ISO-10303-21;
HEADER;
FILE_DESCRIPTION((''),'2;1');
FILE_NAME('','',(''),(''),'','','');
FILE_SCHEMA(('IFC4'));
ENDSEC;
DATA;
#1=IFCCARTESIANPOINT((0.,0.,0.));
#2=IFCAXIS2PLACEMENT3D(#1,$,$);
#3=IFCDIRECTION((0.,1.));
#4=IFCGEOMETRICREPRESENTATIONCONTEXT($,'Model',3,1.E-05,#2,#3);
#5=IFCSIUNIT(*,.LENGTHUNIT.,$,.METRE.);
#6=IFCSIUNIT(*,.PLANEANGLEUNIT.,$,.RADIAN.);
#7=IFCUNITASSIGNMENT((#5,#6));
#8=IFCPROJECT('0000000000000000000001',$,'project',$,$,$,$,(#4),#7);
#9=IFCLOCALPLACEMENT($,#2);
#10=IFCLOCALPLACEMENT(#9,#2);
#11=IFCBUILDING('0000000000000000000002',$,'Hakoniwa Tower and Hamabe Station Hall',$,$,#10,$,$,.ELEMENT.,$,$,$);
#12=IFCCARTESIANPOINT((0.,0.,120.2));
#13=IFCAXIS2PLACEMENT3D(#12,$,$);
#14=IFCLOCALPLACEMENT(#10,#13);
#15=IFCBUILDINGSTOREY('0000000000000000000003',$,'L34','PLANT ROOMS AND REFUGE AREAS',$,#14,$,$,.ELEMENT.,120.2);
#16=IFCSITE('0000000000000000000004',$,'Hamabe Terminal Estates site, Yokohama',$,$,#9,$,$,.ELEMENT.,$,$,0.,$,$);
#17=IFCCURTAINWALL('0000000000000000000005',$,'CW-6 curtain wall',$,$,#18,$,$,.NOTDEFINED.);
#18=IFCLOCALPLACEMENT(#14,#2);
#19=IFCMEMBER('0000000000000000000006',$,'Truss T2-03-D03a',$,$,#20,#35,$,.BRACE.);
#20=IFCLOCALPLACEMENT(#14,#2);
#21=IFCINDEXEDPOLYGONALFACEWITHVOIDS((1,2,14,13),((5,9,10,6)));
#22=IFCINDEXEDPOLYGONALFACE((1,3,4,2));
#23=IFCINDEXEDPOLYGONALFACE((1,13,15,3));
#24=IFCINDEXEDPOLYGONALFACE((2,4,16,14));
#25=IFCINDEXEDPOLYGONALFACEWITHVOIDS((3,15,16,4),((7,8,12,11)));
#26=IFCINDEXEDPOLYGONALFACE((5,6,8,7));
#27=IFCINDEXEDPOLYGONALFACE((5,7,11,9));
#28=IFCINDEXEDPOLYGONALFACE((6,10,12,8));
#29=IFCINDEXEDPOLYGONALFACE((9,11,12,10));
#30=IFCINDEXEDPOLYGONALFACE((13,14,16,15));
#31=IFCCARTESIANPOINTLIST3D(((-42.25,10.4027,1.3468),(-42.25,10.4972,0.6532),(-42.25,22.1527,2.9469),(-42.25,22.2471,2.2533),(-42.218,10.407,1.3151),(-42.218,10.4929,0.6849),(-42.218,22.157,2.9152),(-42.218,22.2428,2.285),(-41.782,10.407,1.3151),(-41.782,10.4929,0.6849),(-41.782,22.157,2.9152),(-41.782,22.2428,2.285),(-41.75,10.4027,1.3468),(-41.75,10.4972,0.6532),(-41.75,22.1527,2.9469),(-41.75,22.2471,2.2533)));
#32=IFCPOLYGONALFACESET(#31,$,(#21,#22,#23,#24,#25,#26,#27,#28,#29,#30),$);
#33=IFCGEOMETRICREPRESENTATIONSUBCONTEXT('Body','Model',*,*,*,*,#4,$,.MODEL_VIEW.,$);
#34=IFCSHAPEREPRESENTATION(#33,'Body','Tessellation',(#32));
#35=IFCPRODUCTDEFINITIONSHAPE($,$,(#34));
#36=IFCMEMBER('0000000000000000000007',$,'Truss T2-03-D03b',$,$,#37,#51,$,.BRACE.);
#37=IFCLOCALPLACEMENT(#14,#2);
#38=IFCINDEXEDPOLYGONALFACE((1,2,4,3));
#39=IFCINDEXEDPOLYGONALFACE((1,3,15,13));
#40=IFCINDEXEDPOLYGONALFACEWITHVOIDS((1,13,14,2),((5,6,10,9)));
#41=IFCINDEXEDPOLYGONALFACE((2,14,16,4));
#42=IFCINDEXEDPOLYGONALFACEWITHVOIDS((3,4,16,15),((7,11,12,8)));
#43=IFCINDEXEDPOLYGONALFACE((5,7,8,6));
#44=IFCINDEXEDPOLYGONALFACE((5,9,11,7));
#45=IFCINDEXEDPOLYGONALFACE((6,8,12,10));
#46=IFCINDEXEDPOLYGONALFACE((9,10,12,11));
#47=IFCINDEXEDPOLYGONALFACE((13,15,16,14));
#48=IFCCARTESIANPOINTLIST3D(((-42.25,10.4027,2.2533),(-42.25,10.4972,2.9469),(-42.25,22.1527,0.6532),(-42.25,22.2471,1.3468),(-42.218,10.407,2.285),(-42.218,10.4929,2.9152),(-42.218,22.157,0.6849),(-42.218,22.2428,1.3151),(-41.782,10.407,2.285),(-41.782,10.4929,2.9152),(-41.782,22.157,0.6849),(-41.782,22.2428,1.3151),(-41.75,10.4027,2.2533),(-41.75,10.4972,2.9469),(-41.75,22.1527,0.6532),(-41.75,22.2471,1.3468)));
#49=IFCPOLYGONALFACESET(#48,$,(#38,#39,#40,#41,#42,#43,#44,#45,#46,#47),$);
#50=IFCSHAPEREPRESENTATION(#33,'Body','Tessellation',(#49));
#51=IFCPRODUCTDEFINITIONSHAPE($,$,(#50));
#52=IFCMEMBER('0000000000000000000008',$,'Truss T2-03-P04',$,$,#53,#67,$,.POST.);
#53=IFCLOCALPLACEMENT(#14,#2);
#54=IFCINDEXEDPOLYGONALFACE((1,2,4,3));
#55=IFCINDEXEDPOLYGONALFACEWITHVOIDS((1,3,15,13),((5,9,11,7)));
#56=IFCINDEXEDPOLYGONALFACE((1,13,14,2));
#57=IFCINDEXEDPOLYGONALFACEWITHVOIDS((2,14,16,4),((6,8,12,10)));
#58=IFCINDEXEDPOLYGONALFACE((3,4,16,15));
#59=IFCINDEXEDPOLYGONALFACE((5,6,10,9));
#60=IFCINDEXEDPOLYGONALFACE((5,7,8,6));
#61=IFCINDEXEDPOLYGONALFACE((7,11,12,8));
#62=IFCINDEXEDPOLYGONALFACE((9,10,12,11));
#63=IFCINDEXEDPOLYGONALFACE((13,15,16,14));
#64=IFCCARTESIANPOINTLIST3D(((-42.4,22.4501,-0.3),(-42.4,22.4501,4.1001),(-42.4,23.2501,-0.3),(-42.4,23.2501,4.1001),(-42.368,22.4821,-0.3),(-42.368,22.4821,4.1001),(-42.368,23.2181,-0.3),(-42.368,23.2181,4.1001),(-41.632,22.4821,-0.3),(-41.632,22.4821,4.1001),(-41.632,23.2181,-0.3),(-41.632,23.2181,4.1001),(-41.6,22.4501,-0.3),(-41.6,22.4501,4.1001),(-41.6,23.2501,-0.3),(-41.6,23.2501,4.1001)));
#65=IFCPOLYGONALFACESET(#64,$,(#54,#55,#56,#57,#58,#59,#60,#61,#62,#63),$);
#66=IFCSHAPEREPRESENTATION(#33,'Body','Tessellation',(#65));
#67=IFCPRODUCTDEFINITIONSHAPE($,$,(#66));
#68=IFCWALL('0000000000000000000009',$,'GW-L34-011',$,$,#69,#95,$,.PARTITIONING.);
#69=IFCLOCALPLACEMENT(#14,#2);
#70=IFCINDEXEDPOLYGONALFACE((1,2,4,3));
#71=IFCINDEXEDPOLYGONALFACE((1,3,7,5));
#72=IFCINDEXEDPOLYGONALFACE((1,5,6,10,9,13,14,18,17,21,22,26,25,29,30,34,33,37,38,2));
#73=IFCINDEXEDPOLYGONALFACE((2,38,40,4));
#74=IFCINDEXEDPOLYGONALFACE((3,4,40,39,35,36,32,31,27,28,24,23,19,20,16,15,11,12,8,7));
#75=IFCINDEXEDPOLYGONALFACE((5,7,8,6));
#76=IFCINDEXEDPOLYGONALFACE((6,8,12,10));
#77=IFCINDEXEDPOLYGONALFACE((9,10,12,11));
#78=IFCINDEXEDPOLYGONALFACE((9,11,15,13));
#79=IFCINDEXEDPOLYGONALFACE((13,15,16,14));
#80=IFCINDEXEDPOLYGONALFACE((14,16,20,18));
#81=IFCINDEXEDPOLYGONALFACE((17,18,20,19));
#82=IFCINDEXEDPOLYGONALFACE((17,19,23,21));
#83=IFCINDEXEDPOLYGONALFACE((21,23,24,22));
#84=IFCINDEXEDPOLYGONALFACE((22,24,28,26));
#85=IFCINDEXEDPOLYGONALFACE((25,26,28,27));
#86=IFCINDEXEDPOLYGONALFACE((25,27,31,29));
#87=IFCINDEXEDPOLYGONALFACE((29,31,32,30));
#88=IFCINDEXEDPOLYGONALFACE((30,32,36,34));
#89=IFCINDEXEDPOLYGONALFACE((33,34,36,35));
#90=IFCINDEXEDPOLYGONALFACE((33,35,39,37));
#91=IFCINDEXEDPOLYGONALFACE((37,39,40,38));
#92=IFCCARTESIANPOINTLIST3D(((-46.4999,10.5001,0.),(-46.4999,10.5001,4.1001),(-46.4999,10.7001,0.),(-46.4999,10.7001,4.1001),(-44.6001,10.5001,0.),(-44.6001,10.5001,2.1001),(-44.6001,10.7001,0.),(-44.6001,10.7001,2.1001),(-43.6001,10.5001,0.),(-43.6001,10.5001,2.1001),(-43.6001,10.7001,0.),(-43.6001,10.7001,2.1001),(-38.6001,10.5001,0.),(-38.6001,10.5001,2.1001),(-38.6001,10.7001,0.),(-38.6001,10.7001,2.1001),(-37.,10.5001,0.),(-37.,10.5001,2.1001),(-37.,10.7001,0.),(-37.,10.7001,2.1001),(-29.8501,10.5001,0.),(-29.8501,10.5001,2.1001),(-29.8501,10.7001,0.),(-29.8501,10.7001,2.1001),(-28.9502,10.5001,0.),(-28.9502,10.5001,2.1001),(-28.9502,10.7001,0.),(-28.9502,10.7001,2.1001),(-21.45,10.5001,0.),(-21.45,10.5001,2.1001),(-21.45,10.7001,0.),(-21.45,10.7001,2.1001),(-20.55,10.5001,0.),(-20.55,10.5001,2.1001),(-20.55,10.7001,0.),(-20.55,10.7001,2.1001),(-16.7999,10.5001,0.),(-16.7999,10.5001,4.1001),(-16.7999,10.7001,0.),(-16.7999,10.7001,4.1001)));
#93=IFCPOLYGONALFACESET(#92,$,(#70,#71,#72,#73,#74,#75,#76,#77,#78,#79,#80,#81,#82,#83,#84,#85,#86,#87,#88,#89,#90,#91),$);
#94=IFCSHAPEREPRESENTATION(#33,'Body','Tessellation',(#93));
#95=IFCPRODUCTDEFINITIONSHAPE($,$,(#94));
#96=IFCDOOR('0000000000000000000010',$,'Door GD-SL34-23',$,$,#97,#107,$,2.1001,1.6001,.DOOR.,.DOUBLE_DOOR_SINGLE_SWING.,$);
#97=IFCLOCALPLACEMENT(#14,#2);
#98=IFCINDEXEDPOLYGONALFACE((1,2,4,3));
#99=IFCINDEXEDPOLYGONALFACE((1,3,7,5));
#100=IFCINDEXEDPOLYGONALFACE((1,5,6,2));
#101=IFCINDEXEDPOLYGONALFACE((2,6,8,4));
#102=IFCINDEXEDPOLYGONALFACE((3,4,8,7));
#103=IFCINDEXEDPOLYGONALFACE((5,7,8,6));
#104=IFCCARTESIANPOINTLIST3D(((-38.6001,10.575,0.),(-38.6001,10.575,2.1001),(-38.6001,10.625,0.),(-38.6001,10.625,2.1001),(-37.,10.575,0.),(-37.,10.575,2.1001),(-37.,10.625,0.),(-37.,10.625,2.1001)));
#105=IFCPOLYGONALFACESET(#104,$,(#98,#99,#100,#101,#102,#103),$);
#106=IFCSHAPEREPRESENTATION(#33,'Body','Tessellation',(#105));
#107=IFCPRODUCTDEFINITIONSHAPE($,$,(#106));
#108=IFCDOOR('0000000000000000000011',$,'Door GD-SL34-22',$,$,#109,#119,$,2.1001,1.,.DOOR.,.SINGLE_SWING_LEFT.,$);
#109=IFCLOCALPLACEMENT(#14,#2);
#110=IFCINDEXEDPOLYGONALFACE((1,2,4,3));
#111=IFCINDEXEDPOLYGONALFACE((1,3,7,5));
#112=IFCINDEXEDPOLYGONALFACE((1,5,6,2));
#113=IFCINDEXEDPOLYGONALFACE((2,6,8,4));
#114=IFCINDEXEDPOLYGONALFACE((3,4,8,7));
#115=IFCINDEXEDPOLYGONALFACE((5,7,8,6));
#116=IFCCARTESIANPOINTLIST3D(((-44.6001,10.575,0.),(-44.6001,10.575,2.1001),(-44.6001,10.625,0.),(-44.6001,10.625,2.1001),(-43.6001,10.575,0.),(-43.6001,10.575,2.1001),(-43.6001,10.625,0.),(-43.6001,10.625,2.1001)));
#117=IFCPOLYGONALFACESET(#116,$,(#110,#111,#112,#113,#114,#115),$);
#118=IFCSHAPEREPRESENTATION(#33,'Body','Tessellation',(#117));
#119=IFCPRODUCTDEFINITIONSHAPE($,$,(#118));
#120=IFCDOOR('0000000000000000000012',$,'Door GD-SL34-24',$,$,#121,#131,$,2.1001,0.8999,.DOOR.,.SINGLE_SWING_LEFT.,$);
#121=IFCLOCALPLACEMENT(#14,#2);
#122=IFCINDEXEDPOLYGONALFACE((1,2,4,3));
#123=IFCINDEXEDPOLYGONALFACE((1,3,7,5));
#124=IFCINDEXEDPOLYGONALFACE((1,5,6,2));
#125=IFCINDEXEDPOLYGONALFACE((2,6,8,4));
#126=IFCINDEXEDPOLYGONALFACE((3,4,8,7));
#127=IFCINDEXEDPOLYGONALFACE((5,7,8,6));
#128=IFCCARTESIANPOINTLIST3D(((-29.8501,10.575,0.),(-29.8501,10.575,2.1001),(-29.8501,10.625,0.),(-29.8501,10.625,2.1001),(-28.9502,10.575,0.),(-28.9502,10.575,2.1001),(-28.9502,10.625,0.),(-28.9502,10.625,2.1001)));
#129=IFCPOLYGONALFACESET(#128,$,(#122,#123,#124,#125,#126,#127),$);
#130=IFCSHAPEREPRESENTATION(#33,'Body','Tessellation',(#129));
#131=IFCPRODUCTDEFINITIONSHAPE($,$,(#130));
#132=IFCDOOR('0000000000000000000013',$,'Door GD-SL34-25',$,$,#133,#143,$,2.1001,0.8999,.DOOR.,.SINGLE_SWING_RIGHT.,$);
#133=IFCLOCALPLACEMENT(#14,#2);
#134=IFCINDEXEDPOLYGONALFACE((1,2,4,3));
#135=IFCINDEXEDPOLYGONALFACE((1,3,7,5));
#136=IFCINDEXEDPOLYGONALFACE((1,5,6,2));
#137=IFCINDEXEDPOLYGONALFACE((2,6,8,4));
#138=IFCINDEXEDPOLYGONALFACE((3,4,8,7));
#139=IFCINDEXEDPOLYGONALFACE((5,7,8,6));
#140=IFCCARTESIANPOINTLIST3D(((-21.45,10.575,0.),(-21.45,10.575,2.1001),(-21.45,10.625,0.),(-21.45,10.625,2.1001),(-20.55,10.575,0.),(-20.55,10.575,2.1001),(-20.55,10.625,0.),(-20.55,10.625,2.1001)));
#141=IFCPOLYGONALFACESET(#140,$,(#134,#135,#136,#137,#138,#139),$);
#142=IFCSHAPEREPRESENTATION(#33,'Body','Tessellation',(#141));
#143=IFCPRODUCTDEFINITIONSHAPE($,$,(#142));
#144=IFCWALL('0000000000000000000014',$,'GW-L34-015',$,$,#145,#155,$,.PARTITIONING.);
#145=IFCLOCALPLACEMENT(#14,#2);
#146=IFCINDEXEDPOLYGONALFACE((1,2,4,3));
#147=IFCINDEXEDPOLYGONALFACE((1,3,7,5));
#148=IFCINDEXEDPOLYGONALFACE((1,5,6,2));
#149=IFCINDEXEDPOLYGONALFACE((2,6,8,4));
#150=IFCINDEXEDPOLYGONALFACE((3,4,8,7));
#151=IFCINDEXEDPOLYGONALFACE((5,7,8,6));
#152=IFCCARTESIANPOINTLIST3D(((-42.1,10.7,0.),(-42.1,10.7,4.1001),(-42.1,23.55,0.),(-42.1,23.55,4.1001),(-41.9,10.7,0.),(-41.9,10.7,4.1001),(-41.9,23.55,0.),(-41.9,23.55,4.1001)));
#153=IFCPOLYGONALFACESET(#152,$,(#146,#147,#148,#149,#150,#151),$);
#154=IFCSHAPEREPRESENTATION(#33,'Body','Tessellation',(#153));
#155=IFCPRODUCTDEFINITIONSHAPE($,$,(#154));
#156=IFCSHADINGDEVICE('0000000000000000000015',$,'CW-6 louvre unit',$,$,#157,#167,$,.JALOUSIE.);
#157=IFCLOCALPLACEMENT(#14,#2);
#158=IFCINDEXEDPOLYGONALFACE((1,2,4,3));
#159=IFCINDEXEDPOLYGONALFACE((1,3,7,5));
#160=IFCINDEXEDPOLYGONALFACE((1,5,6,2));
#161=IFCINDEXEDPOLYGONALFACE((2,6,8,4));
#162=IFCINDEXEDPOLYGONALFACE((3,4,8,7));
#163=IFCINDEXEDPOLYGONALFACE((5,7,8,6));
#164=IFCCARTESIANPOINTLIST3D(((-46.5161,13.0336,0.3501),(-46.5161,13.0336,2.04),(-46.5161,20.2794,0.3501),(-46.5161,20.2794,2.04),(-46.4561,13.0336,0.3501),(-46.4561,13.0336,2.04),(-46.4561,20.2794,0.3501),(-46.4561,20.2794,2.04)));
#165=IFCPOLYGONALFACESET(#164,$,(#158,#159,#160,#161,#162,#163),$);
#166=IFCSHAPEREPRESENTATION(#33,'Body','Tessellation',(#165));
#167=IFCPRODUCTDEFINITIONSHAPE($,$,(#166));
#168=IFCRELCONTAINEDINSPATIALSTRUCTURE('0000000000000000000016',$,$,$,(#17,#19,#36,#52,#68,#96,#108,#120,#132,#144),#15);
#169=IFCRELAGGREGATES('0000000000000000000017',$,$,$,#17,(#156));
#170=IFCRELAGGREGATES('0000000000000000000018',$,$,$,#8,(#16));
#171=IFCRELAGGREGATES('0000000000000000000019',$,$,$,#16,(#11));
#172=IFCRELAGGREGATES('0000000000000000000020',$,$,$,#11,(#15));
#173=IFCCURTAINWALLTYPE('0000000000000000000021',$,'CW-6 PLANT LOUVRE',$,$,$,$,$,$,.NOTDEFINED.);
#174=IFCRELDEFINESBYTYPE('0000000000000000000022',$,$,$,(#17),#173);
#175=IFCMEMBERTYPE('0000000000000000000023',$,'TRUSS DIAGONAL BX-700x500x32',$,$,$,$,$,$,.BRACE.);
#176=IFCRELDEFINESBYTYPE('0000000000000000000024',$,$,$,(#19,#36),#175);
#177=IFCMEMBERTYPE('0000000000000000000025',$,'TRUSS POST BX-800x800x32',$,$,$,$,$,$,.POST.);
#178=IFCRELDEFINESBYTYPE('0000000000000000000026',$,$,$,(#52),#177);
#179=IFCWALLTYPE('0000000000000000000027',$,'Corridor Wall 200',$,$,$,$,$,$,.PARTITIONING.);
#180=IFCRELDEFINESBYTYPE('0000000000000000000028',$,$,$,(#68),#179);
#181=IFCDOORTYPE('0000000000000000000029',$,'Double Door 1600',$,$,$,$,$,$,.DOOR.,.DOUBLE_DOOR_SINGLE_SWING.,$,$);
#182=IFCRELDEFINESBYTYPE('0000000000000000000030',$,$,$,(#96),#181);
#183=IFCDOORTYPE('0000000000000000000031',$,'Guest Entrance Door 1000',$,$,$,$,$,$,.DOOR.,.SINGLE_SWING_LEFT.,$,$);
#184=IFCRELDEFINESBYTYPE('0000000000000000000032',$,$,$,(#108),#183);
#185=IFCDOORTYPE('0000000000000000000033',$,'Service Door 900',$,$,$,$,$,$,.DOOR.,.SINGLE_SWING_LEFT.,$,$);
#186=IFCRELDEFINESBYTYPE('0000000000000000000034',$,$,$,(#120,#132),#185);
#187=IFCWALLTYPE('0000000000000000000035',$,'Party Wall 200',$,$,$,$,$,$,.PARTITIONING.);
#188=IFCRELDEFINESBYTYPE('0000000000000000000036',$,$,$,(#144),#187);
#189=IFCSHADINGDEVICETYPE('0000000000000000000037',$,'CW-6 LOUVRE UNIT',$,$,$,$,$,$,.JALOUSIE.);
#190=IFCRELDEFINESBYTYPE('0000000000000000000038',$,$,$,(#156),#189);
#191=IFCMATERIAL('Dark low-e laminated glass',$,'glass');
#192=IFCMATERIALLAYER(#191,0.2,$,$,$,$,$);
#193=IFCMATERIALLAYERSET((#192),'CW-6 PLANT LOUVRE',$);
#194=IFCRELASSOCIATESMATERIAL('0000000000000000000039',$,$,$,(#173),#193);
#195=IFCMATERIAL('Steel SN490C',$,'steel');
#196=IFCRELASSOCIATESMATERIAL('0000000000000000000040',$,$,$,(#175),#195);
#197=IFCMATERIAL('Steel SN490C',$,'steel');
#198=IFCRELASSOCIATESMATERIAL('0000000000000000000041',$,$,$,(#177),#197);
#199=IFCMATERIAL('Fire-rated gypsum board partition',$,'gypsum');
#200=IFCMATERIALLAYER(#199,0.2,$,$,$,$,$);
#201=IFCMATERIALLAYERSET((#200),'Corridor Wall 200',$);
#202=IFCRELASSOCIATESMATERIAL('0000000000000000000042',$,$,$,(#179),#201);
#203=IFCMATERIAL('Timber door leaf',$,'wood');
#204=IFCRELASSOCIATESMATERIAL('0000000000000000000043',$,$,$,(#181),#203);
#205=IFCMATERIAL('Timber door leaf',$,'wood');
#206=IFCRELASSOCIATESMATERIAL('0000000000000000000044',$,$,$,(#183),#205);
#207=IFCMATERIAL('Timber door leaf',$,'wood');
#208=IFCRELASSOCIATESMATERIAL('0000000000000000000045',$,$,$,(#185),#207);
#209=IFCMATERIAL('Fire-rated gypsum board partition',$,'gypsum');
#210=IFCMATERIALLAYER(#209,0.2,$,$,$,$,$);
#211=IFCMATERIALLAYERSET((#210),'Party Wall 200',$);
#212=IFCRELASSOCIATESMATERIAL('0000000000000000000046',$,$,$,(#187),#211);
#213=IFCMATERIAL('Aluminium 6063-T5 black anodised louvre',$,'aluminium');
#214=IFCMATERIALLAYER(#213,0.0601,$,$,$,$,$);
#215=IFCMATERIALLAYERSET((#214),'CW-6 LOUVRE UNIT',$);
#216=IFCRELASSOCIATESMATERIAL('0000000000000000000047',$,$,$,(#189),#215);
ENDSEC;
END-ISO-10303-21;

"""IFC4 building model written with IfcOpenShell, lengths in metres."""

from ifc_helpers import new_model, si_unit, direction, frame, frame_2d, origin, origin_2d, place, context, subcontext, project, spatial, rectangle, hollow_rectangle, extrude, material, layer, layer_set, material_profile, profile_set, type_object, element, fill, aggregate, save


model = new_model("IFC4")

# Units and contexts
model_context = context("Model", 3, precision=1e-05, world=origin(), true_north=direction((0.0, 1.0)))
body_context = subcontext(model_context, "Body", "Model", "MODEL_VIEW")
ifc_project = project(units=[si_unit("LENGTHUNIT", "METRE"), si_unit("PLANEANGLEUNIT", "RADIAN")], contexts=[model_context])

# Site, building, storey
site_placement = place(None, origin())
site = spatial("IfcSite", under=ifc_project, at=site_placement, Name="Hamabe Terminal Estates site, Yokohama", CompositionType="ELEMENT", RefElevation=0.0)
building_placement = place(site_placement, origin())
building = spatial("IfcBuilding", under=site, at=building_placement, Name="Hakoniwa Tower and Hamabe Station Hall", CompositionType="ELEMENT")
storey_placement = place(building_placement, frame((0.0, 0.0, 120.2)))
storey = spatial("IfcBuildingStorey", under=building, at=storey_placement, Name="L34", Description="PLANT ROOMS AND REFUGE AREAS", CompositionType="ELEMENT", Elevation=120.2)

# Curtain wall
ifc_material_1 = material(Name="Dark low-e laminated glass", Category="glass")
ifc_layer_1 = layer(ifc_material_1, 0.2)
ifc_layer_set_1 = layer_set([ifc_layer_1], Name="CW-6 PLANT LOUVRE")
curtain_wall_type = type_object("IfcCurtainWallType", Name="CW-6 PLANT LOUVRE", PredefinedType="NOTDEFINED", material=ifc_layer_set_1)
curtain_wall_1_placement = place(storey_placement, origin())
curtain_wall_1 = element("IfcCurtainWall", 1, at=curtain_wall_1_placement, inside=storey, type_object=curtain_wall_type, Name="CW-6 curtain wall", PredefinedType="NOTDEFINED")

# Members
ifc_material_2 = material(Name="Steel SN490C", Category="steel")
ifc_material_profile_1 = material_profile(ifc_material_2, hollow_rectangle(XDim=0.5, YDim=0.7, WallThickness=0.032, at=origin_2d()), Name="BX-700x500x32")
ifc_profile_set_1 = profile_set([ifc_material_profile_1], Name="Steel SN490C")
member_type_1 = type_object("IfcMemberType", Name="TRUSS DIAGONAL BX-700x500x32", PredefinedType="BRACE", material=ifc_profile_set_1)
for number, where, z_axis, x_axis, name in (
    (2, (-42.0, 10.45, 1.0), (0.0, 0.990855, 0.134933), (-1.0, 0.0, 0.0), "Truss T2-03-D03a"),
    (3, (-42.0, 10.45, 2.6001), (0.0, 0.990855, -0.134933), (-1.0, 0.0, 0.0), "Truss T2-03-D03b"),
):
    element("IfcMember", number, at=place(storey_placement, frame(where, z_axis=z_axis, x_axis=x_axis)), inside=storey, type_object=member_type_1, Name=name, PredefinedType="BRACE", context=body_context, shape_type="SweptSolid", body=[
        extrude(hollow_rectangle(XDim=0.5, YDim=0.7, WallThickness=0.032, at=origin_2d()), origin(), (0.0, 0.0, 1.0), 11.8584),
    ])
ifc_material_3 = material(Name="Steel SN490C", Category="steel")
ifc_material_profile_2 = material_profile(ifc_material_3, hollow_rectangle(XDim=0.8, YDim=0.8, WallThickness=0.032, at=origin_2d()), Name="BX-800x800x32")
ifc_profile_set_2 = profile_set([ifc_material_profile_2], Name="Steel SN490C")
member_type_2 = type_object("IfcMemberType", Name="TRUSS POST BX-800x800x32", PredefinedType="POST", material=ifc_profile_set_2)
member_1_placement = place(storey_placement, frame((-42.0, 22.8501, -0.3), z_axis=(0.0, 0.0, 1.0), x_axis=(1.0, 0.0, 0.0)))
element("IfcMember", 4, at=member_1_placement, inside=storey, type_object=member_type_2, Name="Truss T2-03-P04", PredefinedType="POST", context=body_context, shape_type="SweptSolid", body=[
    extrude(hollow_rectangle(XDim=0.8, YDim=0.8, WallThickness=0.032, at=origin_2d()), origin(), (0.0, 0.0, 1.0), 4.4001),
])

# Wall, openings, doors
ifc_material_4 = material(Name="Fire-rated gypsum board partition", Category="gypsum")
ifc_layer_2 = layer(ifc_material_4, 0.2)
ifc_layer_set_2 = layer_set([ifc_layer_2], Name="Corridor Wall 200")
wall_type_1 = type_object("IfcWallType", Name="Corridor Wall 200", PredefinedType="PARTITIONING", material=ifc_layer_set_2)
wall_1_placement = place(storey_placement, frame((-46.5, 10.6001, 0.0), z_axis=(0.0, 0.0, 1.0), x_axis=(1.0, 0.0, 0.0)))
wall_1 = element("IfcWall", 5, at=wall_1_placement, inside=storey, type_object=wall_type_1, Name="GW-L34-011", PredefinedType="PARTITIONING", context=body_context, shape_type="SweptSolid", body=[
    extrude(rectangle(XDim=29.7, YDim=0.2, at=frame_2d((14.8501, 0.0))), origin(), (0.0, 0.0, 1.0), 4.1001),
])
opening_1_placement = place(wall_1_placement, frame((1.8999, 0.0, 0.0)))
opening_1 = element("IfcOpeningElement", 6, at=opening_1_placement, cuts=wall_1, PredefinedType="OPENING", context=body_context, shape_type="SweptSolid", body=[
    extrude(rectangle(XDim=1.0, YDim=2.1001, at=frame_2d((0.5, 1.05))), frame((0.0, 0.1099, 0.0), z_axis=(0.0, -1.0, 0.0), x_axis=(1.0, 0.0, 0.0)), (0.0, 0.0, 1.0), 0.22),
])
opening_2_placement = place(wall_1_placement, frame((7.8999, 0.0, 0.0)))
opening_2 = element("IfcOpeningElement", 7, at=opening_2_placement, cuts=wall_1, PredefinedType="OPENING", context=body_context, shape_type="SweptSolid", body=[
    extrude(rectangle(XDim=1.6001, YDim=2.1001, at=frame_2d((0.8, 1.05))), frame((0.0, 0.1099, 0.0), z_axis=(0.0, -1.0, 0.0), x_axis=(1.0, 0.0, 0.0)), (0.0, 0.0, 1.0), 0.22),
])
opening_3_placement = place(wall_1_placement, frame((16.6499, 0.0, 0.0)))
opening_3 = element("IfcOpeningElement", 8, at=opening_3_placement, cuts=wall_1, PredefinedType="OPENING", context=body_context, shape_type="SweptSolid", body=[
    extrude(rectangle(XDim=0.8999, YDim=2.1001, at=frame_2d((0.45, 1.05))), frame((0.0, 0.1099, 0.0), z_axis=(0.0, -1.0, 0.0), x_axis=(1.0, 0.0, 0.0)), (0.0, 0.0, 1.0), 0.22),
])
opening_4_placement = place(wall_1_placement, frame((25.05, 0.0, 0.0)))
opening_4 = element("IfcOpeningElement", 9, at=opening_4_placement, cuts=wall_1, PredefinedType="OPENING", context=body_context, shape_type="SweptSolid", body=[
    extrude(rectangle(XDim=0.8999, YDim=2.1001, at=frame_2d((0.45, 1.05))), frame((0.0, 0.1099, 0.0), z_axis=(0.0, -1.0, 0.0), x_axis=(1.0, 0.0, 0.0)), (0.0, 0.0, 1.0), 0.22),
])
ifc_material_5 = material(Name="Timber door leaf", Category="wood")
door_type_1 = type_object("IfcDoorType", Name="Double Door 1600", OperationType="DOUBLE_DOOR_SINGLE_SWING", PredefinedType="DOOR", material=ifc_material_5)
door_1_placement = place(opening_2_placement, origin())
door_1 = element("IfcDoor", 10, at=door_1_placement, inside=storey, type_object=door_type_1, Name="Door GD-SL34-23", OperationType="DOUBLE_DOOR_SINGLE_SWING", OverallHeight=2.1001, OverallWidth=1.6001, PredefinedType="DOOR", context=body_context, shape_type="SweptSolid", body=[
    extrude(rectangle(XDim=1.6001, YDim=2.1001, at=frame_2d((0.8, 1.05))), frame((0.0, 0.0249, 0.0), z_axis=(0.0, -1.0, 0.0), x_axis=(1.0, 0.0, 0.0)), (0.0, 0.0, 1.0), 0.05),
])
fill(opening_2, door_1)
ifc_material_6 = material(Name="Timber door leaf", Category="wood")
door_type_2 = type_object("IfcDoorType", Name="Guest Entrance Door 1000", OperationType="SINGLE_SWING_LEFT", PredefinedType="DOOR", material=ifc_material_6)
door_2_placement = place(opening_1_placement, origin())
door_2 = element("IfcDoor", 11, at=door_2_placement, inside=storey, type_object=door_type_2, Name="Door GD-SL34-22", OperationType="SINGLE_SWING_LEFT", OverallHeight=2.1001, OverallWidth=1.0, PredefinedType="DOOR", context=body_context, shape_type="SweptSolid", body=[
    extrude(rectangle(XDim=1.0, YDim=2.1001, at=frame_2d((0.5, 1.05))), frame((0.0, 0.0249, 0.0), z_axis=(0.0, -1.0, 0.0), x_axis=(1.0, 0.0, 0.0)), (0.0, 0.0, 1.0), 0.05),
])
fill(opening_1, door_2)
ifc_material_7 = material(Name="Timber door leaf", Category="wood")
door_type_3 = type_object("IfcDoorType", Name="Service Door 900", OperationType="SINGLE_SWING_LEFT", PredefinedType="DOOR", material=ifc_material_7)
door_3_placement = place(opening_3_placement, origin())
door_3 = element("IfcDoor", 12, at=door_3_placement, inside=storey, type_object=door_type_3, Name="Door GD-SL34-24", OperationType="SINGLE_SWING_LEFT", OverallHeight=2.1001, OverallWidth=0.8999, PredefinedType="DOOR", context=body_context, shape_type="SweptSolid", body=[
    extrude(rectangle(XDim=0.8999, YDim=2.1001, at=frame_2d((0.45, 1.05))), frame((0.0, 0.0249, 0.0), z_axis=(0.0, -1.0, 0.0), x_axis=(1.0, 0.0, 0.0)), (0.0, 0.0, 1.0), 0.05),
])
fill(opening_3, door_3)
door_4_placement = place(opening_4_placement, origin())
door_4 = element("IfcDoor", 13, at=door_4_placement, inside=storey, type_object=door_type_3, Name="Door GD-SL34-25", OperationType="SINGLE_SWING_RIGHT", OverallHeight=2.1001, OverallWidth=0.8999, PredefinedType="DOOR", context=body_context, shape_type="SweptSolid", body=[
    extrude(rectangle(XDim=0.8999, YDim=2.1001, at=frame_2d((0.45, 1.05))), frame((0.0, 0.0249, 0.0), z_axis=(0.0, -1.0, 0.0), x_axis=(1.0, 0.0, 0.0)), (0.0, 0.0, 1.0), 0.05),
])
fill(opening_4, door_4)

# Wall
ifc_material_8 = material(Name="Fire-rated gypsum board partition", Category="gypsum")
ifc_layer_3 = layer(ifc_material_8, 0.2)
ifc_layer_set_3 = layer_set([ifc_layer_3], Name="Party Wall 200")
wall_type_2 = type_object("IfcWallType", Name="Party Wall 200", PredefinedType="PARTITIONING", material=ifc_layer_set_3)
wall_2_placement = place(storey_placement, frame((-42.0, 10.7, 0.0), z_axis=(0.0, 0.0, 1.0), x_axis=(0.0, 1.0, 0.0)))
element("IfcWall", 14, at=wall_2_placement, inside=storey, type_object=wall_type_2, Name="GW-L34-015", PredefinedType="PARTITIONING", context=body_context, shape_type="SweptSolid", body=[
    extrude(rectangle(XDim=12.8501, YDim=0.2, at=frame_2d((6.425, 0.0))), origin(), (0.0, 0.0, 1.0), 4.1001),
])

# Shading device
ifc_material_9 = material(Name="Aluminium 6063-T5 black anodised louvre", Category="aluminium")
ifc_layer_4 = layer(ifc_material_9, 0.0601)
ifc_layer_set_4 = layer_set([ifc_layer_4], Name="CW-6 LOUVRE UNIT")
shading_device_type = type_object("IfcShadingDeviceType", Name="CW-6 LOUVRE UNIT", PredefinedType="JALOUSIE", material=ifc_layer_set_4)
shading_device_1_placement = place(storey_placement, frame((-46.4861, 16.6565, 0.3501), z_axis=(0.0, 0.0, 1.0), x_axis=(0.0, -1.0, 0.0)))
shading_device_1 = element("IfcShadingDevice", 15, at=shading_device_1_placement, type_object=shading_device_type, Name="CW-6 louvre unit", PredefinedType="JALOUSIE", context=body_context, shape_type="SweptSolid", body=[
    extrude(rectangle(XDim=7.2458, YDim=0.0601, at=origin_2d()), origin(), (0.0, 0.0, 1.0), 1.6899),
])
aggregate(curtain_wall_1, [shading_device_1])

save(model, "model.ifc")
